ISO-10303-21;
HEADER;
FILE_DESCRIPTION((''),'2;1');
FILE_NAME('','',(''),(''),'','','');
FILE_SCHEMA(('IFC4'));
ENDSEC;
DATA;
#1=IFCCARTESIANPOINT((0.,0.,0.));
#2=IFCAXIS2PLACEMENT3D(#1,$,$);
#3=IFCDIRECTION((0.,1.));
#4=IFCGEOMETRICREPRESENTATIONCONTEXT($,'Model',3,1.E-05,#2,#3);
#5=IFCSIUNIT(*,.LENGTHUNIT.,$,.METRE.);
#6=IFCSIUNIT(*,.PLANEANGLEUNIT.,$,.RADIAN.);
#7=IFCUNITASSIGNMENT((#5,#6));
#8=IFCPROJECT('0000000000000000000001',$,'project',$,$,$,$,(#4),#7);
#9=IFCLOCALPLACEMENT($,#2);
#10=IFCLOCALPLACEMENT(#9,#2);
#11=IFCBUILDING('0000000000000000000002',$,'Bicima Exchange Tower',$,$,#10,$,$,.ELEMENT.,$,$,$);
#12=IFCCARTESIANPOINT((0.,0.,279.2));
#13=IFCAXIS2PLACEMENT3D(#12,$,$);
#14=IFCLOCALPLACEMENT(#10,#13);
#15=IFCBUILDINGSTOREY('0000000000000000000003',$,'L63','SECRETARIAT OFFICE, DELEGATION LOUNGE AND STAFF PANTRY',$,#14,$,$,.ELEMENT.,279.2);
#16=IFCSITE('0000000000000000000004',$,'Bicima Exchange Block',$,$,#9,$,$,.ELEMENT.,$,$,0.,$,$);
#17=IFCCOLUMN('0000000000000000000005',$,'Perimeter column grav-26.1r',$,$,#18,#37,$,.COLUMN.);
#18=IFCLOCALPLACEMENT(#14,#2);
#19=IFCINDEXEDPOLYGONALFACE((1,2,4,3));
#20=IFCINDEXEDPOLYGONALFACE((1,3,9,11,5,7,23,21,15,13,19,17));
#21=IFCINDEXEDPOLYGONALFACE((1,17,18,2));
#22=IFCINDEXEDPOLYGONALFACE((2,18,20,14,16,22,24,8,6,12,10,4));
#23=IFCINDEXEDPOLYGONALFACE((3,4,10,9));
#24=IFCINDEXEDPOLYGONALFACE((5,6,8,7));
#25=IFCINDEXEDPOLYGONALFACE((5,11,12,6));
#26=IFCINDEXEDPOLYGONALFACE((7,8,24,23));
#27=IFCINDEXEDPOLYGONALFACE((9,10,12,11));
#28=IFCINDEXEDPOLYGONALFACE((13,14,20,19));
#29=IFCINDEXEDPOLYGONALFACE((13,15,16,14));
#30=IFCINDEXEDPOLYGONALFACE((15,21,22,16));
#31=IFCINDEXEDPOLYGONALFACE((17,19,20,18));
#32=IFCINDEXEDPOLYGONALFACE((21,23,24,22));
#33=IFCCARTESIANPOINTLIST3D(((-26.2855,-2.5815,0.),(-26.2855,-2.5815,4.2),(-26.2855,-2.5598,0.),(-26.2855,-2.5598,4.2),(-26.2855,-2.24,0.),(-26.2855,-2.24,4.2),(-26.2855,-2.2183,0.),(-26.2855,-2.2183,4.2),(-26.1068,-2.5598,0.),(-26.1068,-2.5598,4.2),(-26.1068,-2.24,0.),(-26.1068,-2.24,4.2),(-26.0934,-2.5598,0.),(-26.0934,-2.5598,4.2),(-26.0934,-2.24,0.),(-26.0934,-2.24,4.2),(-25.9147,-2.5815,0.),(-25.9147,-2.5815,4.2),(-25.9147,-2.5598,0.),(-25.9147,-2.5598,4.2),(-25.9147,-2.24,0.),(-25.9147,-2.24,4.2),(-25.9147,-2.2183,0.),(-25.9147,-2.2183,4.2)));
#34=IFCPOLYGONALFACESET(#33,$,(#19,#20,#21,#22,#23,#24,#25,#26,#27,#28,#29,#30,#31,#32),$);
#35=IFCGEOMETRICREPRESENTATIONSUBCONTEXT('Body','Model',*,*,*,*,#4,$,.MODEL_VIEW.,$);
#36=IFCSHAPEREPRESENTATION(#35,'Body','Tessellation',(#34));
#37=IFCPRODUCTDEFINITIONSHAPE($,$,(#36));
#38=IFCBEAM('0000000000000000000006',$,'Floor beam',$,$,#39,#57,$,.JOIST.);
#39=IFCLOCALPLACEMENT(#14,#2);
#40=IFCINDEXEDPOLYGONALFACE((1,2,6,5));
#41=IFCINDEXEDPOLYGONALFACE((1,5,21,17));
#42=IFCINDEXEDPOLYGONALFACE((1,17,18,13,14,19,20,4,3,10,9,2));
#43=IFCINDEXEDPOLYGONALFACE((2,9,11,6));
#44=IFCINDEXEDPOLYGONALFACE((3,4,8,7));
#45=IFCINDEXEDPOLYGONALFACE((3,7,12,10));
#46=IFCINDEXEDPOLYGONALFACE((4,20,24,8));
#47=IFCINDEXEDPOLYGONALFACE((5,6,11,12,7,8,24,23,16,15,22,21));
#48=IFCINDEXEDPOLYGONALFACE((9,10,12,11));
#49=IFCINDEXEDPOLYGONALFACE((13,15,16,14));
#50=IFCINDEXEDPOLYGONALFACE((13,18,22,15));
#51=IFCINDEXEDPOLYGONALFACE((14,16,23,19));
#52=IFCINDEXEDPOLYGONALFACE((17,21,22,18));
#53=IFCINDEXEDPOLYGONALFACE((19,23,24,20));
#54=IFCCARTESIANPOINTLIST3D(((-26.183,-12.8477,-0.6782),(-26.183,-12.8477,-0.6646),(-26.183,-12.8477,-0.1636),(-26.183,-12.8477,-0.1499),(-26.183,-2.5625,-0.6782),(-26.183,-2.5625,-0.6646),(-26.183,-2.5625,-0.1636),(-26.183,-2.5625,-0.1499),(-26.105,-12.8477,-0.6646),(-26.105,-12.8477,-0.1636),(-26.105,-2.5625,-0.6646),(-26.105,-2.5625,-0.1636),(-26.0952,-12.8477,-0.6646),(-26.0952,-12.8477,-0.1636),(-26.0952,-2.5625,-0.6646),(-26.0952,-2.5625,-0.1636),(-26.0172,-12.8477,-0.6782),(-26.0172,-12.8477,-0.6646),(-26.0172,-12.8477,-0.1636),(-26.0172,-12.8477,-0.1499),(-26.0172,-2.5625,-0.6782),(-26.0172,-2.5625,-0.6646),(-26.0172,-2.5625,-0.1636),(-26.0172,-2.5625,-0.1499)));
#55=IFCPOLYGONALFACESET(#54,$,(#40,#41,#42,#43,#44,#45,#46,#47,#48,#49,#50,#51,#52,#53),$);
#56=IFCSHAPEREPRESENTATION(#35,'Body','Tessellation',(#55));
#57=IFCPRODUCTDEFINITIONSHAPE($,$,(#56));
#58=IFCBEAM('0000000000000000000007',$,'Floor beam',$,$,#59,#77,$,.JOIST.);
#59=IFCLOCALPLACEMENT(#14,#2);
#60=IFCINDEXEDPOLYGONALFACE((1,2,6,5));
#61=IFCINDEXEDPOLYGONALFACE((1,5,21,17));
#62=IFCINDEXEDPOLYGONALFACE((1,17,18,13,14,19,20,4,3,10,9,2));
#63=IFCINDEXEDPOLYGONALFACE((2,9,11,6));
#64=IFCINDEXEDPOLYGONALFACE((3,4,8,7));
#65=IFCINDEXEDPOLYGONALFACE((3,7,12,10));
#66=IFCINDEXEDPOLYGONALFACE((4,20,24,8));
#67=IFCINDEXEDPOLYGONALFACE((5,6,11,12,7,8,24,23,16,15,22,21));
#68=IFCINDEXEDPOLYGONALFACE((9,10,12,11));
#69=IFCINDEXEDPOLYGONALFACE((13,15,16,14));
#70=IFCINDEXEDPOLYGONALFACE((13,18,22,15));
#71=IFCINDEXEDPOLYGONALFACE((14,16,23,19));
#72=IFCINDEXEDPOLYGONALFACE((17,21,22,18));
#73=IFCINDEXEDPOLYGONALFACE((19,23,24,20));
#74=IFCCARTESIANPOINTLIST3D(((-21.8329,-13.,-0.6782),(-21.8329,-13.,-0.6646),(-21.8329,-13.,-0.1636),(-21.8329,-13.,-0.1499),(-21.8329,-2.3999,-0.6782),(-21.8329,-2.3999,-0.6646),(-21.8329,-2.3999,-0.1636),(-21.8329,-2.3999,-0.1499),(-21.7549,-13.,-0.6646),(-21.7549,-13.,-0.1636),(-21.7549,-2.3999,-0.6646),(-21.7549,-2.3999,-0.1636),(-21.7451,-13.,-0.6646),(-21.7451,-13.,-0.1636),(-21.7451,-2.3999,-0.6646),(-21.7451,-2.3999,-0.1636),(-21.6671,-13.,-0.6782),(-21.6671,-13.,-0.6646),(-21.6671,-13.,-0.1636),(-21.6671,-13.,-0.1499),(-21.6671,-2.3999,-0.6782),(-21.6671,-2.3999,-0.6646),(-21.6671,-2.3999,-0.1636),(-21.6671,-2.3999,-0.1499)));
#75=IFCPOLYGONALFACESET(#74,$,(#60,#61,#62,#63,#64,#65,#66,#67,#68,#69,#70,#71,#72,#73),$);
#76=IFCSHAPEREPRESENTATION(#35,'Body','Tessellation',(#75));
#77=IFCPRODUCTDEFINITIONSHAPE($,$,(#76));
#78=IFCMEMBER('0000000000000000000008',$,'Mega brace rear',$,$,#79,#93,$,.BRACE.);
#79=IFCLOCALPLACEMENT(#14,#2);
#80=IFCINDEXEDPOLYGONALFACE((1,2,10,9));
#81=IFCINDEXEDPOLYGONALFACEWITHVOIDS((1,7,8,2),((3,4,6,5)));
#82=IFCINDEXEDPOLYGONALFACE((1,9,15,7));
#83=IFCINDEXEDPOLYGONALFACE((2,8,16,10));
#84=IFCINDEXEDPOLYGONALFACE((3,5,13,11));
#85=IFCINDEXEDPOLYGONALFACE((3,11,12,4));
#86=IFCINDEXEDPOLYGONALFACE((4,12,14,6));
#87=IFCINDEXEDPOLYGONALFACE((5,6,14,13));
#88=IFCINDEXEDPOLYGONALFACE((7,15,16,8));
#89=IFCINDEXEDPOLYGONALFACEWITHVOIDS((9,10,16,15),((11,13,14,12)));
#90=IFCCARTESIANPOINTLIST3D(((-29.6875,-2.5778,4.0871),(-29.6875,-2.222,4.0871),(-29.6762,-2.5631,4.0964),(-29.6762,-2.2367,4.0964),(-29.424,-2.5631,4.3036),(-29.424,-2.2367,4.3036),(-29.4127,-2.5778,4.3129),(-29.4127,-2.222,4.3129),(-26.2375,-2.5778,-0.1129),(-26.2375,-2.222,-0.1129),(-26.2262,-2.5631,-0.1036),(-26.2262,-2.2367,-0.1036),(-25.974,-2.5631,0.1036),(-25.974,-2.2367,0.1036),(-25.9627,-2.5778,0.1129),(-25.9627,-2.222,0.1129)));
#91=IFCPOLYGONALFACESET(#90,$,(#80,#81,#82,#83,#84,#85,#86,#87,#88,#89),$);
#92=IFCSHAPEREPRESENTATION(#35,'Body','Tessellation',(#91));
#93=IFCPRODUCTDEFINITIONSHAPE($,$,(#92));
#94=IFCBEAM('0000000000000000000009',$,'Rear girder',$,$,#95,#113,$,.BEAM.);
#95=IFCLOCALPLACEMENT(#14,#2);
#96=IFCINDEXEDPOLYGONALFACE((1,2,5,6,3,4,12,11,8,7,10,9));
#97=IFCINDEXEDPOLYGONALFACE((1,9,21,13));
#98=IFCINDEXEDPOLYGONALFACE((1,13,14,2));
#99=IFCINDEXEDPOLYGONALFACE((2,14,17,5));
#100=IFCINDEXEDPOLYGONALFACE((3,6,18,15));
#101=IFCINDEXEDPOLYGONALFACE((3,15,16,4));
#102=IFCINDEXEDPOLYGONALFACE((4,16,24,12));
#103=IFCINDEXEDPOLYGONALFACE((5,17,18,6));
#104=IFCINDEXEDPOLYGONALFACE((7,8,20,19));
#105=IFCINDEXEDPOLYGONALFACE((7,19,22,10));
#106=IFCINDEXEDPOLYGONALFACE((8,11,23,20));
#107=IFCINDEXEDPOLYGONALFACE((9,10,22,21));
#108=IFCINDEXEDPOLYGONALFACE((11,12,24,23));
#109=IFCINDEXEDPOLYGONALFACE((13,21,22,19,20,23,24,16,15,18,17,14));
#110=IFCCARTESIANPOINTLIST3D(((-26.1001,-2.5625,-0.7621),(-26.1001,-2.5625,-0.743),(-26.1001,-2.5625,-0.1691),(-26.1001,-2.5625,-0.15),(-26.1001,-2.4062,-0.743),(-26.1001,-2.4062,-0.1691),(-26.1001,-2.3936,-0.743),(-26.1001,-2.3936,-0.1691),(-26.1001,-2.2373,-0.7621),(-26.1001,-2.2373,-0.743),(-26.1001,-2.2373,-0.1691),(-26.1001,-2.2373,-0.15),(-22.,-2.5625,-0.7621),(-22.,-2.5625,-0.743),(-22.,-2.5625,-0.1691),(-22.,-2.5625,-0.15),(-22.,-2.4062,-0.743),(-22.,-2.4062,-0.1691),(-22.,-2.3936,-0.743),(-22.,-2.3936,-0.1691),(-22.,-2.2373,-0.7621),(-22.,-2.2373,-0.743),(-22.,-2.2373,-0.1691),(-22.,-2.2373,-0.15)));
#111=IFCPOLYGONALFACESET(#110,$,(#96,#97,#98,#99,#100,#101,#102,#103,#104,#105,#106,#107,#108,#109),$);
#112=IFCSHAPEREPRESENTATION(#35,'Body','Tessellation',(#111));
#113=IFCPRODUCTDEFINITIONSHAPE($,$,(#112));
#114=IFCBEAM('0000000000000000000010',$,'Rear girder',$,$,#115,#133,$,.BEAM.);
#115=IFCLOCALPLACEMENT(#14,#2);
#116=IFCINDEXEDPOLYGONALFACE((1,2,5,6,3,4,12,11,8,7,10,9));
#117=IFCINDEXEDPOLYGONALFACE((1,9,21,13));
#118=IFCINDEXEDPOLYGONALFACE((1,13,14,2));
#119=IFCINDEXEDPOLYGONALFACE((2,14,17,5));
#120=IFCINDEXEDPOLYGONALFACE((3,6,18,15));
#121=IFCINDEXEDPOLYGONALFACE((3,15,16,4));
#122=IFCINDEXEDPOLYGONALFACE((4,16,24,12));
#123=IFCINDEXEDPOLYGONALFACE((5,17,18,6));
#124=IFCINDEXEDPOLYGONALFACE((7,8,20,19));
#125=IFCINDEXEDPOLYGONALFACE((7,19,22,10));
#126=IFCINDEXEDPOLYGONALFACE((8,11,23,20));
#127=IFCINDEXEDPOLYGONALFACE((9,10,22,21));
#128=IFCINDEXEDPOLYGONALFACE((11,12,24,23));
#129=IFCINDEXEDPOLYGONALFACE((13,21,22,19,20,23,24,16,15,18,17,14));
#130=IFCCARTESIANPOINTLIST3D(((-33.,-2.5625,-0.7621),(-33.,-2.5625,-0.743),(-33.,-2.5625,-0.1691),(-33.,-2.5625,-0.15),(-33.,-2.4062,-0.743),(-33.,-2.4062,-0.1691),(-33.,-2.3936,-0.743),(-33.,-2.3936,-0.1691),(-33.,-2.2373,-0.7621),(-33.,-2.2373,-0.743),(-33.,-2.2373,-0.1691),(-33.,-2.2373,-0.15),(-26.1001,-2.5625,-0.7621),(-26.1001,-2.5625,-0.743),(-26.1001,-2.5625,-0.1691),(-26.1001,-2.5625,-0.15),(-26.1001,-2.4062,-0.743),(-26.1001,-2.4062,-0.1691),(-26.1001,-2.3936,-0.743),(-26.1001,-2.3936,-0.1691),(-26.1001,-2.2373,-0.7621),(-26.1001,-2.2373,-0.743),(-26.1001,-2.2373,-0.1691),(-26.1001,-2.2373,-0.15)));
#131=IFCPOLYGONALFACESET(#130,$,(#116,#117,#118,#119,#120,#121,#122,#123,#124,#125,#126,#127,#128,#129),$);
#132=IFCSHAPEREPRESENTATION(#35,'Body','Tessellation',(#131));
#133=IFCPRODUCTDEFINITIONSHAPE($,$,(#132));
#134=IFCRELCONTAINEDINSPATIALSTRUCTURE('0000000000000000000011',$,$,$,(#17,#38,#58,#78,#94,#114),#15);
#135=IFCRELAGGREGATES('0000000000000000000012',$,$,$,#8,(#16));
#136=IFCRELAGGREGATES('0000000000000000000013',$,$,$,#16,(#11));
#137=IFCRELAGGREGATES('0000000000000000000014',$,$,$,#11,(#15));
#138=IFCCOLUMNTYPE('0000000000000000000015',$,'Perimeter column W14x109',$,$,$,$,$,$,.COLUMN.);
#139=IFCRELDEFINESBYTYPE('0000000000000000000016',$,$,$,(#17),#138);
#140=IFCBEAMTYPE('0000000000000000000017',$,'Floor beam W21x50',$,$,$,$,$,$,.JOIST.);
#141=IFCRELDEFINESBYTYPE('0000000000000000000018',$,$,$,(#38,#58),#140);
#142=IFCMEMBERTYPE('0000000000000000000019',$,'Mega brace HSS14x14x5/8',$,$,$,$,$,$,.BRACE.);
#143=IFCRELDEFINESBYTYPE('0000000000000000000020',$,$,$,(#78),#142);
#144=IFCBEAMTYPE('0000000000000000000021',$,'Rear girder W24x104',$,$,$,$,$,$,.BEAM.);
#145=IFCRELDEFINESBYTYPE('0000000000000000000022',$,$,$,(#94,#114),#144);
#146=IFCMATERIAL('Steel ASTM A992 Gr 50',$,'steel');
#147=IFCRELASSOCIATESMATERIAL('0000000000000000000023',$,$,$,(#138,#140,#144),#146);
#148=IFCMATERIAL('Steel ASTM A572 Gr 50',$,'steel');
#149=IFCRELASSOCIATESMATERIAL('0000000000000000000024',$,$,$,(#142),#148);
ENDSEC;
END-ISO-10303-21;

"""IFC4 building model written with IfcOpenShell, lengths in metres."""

from ifc_helpers import new_model, si_unit, direction, frame, origin, origin_2d, place, context, subcontext, project, spatial, hollow_rectangle, i_section, extrude, material, material_profile, profile_set, type_object, element, save


model = new_model("IFC4")

# Units and contexts
model_context = context("Model", 3, precision=1e-05, world=origin(), true_north=direction((0.0, 1.0)))
body_context = subcontext(model_context, "Body", "Model", "MODEL_VIEW")
ifc_project = project(units=[si_unit("LENGTHUNIT", "METRE"), si_unit("PLANEANGLEUNIT", "RADIAN")], contexts=[model_context])

# Site, building, storey
site_placement = place(None, origin())
site = spatial("IfcSite", under=ifc_project, at=site_placement, Name="Bicima Exchange Block", CompositionType="ELEMENT", RefElevation=0.0)
building_placement = place(site_placement, origin())
building = spatial("IfcBuilding", under=site, at=building_placement, Name="Bicima Exchange Tower", CompositionType="ELEMENT")
storey_placement = place(building_placement, frame((0.0, 0.0, 279.2)))
storey = spatial("IfcBuildingStorey", under=building, at=storey_placement, Name="L63", Description="SECRETARIAT OFFICE, DELEGATION LOUNGE AND STAFF PANTRY", CompositionType="ELEMENT", Elevation=279.2)

# Column
ifc_material_1 = material(Name="Steel ASTM A992 Gr 50", Category="steel")
ifc_material_profile_1 = material_profile(ifc_material_1, i_section(OverallWidth=0.3708, OverallDepth=0.3633, WebThickness=0.0134, FlangeThickness=0.0217, at=origin_2d()))
ifc_profile_set_1 = profile_set([ifc_material_profile_1], Name="Steel ASTM A992 Gr 50")
column_type = type_object("IfcColumnType", Name="Perimeter column W14x109", PredefinedType="COLUMN", material=ifc_profile_set_1)
column_placement = place(storey_placement, frame((-26.1001, -2.3999, 0.0), z_axis=(0.0, 0.0, 1.0), x_axis=(1.0, 0.0, 0.0)))
element("IfcColumn", 1, at=column_placement, inside=storey, type_object=column_type, Name="Perimeter column grav-26.1r", PredefinedType="COLUMN", context=body_context, shape_type="SweptSolid", body=[
    extrude(i_section(OverallWidth=0.3708, OverallDepth=0.3633, WebThickness=0.0134, FlangeThickness=0.0217, at=origin_2d()), origin(), (0.0, 0.0, 1.0), 4.2),
])

# Beams
ifc_material_profile_2 = material_profile(ifc_material_1, i_section(OverallWidth=0.1658, OverallDepth=0.5283, WebThickness=0.0098, FlangeThickness=0.0137, at=origin_2d()))
ifc_profile_set_2 = profile_set([ifc_material_profile_2], Name="Steel ASTM A992 Gr 50")
beam_type_1 = type_object("IfcBeamType", Name="Floor beam W21x50", PredefinedType="JOIST", material=ifc_profile_set_2)
beam_1_placement = place(storey_placement, frame((-26.1001, -2.5625, -0.4141), z_axis=(0.0, -1.0, 0.0), x_axis=(1.0, 0.0, 0.0)))
element("IfcBeam", 2, at=beam_1_placement, inside=storey, type_object=beam_type_1, Name="Floor beam", PredefinedType="JOIST", context=body_context, shape_type="SweptSolid", body=[
    extrude(i_section(OverallWidth=0.1658, OverallDepth=0.5283, WebThickness=0.0098, FlangeThickness=0.0137, at=origin_2d()), origin(), (0.0, 0.0, 1.0), 10.2852),
])
beam_2_placement = place(storey_placement, frame((-21.75, -2.3999, -0.4141), z_axis=(0.0, -1.0, 0.0), x_axis=(1.0, 0.0, 0.0)))
element("IfcBeam", 3, at=beam_2_placement, inside=storey, type_object=beam_type_1, Name="Floor beam", PredefinedType="JOIST", context=body_context, shape_type="SweptSolid", body=[
    extrude(i_section(OverallWidth=0.1658, OverallDepth=0.5283, WebThickness=0.0098, FlangeThickness=0.0137, at=origin_2d()), origin(), (0.0, 0.0, 1.0), 10.6001),
])

# Member
ifc_material_2 = material(Name="Steel ASTM A572 Gr 50", Category="steel")
ifc_material_profile_3 = material_profile(ifc_material_2, hollow_rectangle(XDim=0.3557, YDim=0.3557, WallThickness=0.0146, at=origin_2d()))
ifc_profile_set_3 = profile_set([ifc_material_profile_3], Name="Steel ASTM A572 Gr 50")
member_type = type_object("IfcMemberType", Name="Mega brace HSS14x14x5/8", PredefinedType="BRACE", material=ifc_profile_set_3)
member_placement = place(storey_placement, frame((-26.1001, -2.3999, 0.0), z_axis=(-0.634738, 0.0, 0.772727), x_axis=(0.0, -1.0, 0.0)))
element("IfcMember", 4, at=member_placement, inside=storey, type_object=member_type, Name="Mega brace rear", PredefinedType="BRACE", context=body_context, shape_type="SweptSolid", body=[
    extrude(hollow_rectangle(XDim=0.3557, YDim=0.3557, WallThickness=0.0146, at=origin_2d()), origin(), (0.0, 0.0, 1.0), 5.4353),
])

# Beams
ifc_material_profile_4 = material_profile(ifc_material_1, i_section(OverallWidth=0.3252, OverallDepth=0.6121, WebThickness=0.0127, FlangeThickness=0.019, at=origin_2d()))
ifc_profile_set_4 = profile_set([ifc_material_profile_4], Name="Steel ASTM A992 Gr 50")
beam_type_2 = type_object("IfcBeamType", Name="Rear girder W24x104", PredefinedType="BEAM", material=ifc_profile_set_4)
beam_3_placement = place(storey_placement, frame((-22.0, -2.3999, -0.4561), z_axis=(-1.0, 0.0, 0.0), x_axis=(0.0, -1.0, 0.0)))
element("IfcBeam", 5, at=beam_3_placement, inside=storey, type_object=beam_type_2, Name="Rear girder", PredefinedType="BEAM", context=body_context, shape_type="SweptSolid", body=[
    extrude(i_section(OverallWidth=0.3252, OverallDepth=0.6121, WebThickness=0.0127, FlangeThickness=0.019, at=origin_2d()), origin(), (0.0, 0.0, 1.0), 4.1001),
])
beam_4_placement = place(storey_placement, frame((-26.1001, -2.3999, -0.4561), z_axis=(-1.0, 0.0, 0.0), x_axis=(0.0, -1.0, 0.0)))
element("IfcBeam", 6, at=beam_4_placement, inside=storey, type_object=beam_type_2, Name="Rear girder", PredefinedType="BEAM", context=body_context, shape_type="SweptSolid", body=[
    extrude(i_section(OverallWidth=0.3252, OverallDepth=0.6121, WebThickness=0.0127, FlangeThickness=0.019, at=origin_2d()), origin(), (0.0, 0.0, 1.0), 6.8999),
])

save(model, "model.ifc")
